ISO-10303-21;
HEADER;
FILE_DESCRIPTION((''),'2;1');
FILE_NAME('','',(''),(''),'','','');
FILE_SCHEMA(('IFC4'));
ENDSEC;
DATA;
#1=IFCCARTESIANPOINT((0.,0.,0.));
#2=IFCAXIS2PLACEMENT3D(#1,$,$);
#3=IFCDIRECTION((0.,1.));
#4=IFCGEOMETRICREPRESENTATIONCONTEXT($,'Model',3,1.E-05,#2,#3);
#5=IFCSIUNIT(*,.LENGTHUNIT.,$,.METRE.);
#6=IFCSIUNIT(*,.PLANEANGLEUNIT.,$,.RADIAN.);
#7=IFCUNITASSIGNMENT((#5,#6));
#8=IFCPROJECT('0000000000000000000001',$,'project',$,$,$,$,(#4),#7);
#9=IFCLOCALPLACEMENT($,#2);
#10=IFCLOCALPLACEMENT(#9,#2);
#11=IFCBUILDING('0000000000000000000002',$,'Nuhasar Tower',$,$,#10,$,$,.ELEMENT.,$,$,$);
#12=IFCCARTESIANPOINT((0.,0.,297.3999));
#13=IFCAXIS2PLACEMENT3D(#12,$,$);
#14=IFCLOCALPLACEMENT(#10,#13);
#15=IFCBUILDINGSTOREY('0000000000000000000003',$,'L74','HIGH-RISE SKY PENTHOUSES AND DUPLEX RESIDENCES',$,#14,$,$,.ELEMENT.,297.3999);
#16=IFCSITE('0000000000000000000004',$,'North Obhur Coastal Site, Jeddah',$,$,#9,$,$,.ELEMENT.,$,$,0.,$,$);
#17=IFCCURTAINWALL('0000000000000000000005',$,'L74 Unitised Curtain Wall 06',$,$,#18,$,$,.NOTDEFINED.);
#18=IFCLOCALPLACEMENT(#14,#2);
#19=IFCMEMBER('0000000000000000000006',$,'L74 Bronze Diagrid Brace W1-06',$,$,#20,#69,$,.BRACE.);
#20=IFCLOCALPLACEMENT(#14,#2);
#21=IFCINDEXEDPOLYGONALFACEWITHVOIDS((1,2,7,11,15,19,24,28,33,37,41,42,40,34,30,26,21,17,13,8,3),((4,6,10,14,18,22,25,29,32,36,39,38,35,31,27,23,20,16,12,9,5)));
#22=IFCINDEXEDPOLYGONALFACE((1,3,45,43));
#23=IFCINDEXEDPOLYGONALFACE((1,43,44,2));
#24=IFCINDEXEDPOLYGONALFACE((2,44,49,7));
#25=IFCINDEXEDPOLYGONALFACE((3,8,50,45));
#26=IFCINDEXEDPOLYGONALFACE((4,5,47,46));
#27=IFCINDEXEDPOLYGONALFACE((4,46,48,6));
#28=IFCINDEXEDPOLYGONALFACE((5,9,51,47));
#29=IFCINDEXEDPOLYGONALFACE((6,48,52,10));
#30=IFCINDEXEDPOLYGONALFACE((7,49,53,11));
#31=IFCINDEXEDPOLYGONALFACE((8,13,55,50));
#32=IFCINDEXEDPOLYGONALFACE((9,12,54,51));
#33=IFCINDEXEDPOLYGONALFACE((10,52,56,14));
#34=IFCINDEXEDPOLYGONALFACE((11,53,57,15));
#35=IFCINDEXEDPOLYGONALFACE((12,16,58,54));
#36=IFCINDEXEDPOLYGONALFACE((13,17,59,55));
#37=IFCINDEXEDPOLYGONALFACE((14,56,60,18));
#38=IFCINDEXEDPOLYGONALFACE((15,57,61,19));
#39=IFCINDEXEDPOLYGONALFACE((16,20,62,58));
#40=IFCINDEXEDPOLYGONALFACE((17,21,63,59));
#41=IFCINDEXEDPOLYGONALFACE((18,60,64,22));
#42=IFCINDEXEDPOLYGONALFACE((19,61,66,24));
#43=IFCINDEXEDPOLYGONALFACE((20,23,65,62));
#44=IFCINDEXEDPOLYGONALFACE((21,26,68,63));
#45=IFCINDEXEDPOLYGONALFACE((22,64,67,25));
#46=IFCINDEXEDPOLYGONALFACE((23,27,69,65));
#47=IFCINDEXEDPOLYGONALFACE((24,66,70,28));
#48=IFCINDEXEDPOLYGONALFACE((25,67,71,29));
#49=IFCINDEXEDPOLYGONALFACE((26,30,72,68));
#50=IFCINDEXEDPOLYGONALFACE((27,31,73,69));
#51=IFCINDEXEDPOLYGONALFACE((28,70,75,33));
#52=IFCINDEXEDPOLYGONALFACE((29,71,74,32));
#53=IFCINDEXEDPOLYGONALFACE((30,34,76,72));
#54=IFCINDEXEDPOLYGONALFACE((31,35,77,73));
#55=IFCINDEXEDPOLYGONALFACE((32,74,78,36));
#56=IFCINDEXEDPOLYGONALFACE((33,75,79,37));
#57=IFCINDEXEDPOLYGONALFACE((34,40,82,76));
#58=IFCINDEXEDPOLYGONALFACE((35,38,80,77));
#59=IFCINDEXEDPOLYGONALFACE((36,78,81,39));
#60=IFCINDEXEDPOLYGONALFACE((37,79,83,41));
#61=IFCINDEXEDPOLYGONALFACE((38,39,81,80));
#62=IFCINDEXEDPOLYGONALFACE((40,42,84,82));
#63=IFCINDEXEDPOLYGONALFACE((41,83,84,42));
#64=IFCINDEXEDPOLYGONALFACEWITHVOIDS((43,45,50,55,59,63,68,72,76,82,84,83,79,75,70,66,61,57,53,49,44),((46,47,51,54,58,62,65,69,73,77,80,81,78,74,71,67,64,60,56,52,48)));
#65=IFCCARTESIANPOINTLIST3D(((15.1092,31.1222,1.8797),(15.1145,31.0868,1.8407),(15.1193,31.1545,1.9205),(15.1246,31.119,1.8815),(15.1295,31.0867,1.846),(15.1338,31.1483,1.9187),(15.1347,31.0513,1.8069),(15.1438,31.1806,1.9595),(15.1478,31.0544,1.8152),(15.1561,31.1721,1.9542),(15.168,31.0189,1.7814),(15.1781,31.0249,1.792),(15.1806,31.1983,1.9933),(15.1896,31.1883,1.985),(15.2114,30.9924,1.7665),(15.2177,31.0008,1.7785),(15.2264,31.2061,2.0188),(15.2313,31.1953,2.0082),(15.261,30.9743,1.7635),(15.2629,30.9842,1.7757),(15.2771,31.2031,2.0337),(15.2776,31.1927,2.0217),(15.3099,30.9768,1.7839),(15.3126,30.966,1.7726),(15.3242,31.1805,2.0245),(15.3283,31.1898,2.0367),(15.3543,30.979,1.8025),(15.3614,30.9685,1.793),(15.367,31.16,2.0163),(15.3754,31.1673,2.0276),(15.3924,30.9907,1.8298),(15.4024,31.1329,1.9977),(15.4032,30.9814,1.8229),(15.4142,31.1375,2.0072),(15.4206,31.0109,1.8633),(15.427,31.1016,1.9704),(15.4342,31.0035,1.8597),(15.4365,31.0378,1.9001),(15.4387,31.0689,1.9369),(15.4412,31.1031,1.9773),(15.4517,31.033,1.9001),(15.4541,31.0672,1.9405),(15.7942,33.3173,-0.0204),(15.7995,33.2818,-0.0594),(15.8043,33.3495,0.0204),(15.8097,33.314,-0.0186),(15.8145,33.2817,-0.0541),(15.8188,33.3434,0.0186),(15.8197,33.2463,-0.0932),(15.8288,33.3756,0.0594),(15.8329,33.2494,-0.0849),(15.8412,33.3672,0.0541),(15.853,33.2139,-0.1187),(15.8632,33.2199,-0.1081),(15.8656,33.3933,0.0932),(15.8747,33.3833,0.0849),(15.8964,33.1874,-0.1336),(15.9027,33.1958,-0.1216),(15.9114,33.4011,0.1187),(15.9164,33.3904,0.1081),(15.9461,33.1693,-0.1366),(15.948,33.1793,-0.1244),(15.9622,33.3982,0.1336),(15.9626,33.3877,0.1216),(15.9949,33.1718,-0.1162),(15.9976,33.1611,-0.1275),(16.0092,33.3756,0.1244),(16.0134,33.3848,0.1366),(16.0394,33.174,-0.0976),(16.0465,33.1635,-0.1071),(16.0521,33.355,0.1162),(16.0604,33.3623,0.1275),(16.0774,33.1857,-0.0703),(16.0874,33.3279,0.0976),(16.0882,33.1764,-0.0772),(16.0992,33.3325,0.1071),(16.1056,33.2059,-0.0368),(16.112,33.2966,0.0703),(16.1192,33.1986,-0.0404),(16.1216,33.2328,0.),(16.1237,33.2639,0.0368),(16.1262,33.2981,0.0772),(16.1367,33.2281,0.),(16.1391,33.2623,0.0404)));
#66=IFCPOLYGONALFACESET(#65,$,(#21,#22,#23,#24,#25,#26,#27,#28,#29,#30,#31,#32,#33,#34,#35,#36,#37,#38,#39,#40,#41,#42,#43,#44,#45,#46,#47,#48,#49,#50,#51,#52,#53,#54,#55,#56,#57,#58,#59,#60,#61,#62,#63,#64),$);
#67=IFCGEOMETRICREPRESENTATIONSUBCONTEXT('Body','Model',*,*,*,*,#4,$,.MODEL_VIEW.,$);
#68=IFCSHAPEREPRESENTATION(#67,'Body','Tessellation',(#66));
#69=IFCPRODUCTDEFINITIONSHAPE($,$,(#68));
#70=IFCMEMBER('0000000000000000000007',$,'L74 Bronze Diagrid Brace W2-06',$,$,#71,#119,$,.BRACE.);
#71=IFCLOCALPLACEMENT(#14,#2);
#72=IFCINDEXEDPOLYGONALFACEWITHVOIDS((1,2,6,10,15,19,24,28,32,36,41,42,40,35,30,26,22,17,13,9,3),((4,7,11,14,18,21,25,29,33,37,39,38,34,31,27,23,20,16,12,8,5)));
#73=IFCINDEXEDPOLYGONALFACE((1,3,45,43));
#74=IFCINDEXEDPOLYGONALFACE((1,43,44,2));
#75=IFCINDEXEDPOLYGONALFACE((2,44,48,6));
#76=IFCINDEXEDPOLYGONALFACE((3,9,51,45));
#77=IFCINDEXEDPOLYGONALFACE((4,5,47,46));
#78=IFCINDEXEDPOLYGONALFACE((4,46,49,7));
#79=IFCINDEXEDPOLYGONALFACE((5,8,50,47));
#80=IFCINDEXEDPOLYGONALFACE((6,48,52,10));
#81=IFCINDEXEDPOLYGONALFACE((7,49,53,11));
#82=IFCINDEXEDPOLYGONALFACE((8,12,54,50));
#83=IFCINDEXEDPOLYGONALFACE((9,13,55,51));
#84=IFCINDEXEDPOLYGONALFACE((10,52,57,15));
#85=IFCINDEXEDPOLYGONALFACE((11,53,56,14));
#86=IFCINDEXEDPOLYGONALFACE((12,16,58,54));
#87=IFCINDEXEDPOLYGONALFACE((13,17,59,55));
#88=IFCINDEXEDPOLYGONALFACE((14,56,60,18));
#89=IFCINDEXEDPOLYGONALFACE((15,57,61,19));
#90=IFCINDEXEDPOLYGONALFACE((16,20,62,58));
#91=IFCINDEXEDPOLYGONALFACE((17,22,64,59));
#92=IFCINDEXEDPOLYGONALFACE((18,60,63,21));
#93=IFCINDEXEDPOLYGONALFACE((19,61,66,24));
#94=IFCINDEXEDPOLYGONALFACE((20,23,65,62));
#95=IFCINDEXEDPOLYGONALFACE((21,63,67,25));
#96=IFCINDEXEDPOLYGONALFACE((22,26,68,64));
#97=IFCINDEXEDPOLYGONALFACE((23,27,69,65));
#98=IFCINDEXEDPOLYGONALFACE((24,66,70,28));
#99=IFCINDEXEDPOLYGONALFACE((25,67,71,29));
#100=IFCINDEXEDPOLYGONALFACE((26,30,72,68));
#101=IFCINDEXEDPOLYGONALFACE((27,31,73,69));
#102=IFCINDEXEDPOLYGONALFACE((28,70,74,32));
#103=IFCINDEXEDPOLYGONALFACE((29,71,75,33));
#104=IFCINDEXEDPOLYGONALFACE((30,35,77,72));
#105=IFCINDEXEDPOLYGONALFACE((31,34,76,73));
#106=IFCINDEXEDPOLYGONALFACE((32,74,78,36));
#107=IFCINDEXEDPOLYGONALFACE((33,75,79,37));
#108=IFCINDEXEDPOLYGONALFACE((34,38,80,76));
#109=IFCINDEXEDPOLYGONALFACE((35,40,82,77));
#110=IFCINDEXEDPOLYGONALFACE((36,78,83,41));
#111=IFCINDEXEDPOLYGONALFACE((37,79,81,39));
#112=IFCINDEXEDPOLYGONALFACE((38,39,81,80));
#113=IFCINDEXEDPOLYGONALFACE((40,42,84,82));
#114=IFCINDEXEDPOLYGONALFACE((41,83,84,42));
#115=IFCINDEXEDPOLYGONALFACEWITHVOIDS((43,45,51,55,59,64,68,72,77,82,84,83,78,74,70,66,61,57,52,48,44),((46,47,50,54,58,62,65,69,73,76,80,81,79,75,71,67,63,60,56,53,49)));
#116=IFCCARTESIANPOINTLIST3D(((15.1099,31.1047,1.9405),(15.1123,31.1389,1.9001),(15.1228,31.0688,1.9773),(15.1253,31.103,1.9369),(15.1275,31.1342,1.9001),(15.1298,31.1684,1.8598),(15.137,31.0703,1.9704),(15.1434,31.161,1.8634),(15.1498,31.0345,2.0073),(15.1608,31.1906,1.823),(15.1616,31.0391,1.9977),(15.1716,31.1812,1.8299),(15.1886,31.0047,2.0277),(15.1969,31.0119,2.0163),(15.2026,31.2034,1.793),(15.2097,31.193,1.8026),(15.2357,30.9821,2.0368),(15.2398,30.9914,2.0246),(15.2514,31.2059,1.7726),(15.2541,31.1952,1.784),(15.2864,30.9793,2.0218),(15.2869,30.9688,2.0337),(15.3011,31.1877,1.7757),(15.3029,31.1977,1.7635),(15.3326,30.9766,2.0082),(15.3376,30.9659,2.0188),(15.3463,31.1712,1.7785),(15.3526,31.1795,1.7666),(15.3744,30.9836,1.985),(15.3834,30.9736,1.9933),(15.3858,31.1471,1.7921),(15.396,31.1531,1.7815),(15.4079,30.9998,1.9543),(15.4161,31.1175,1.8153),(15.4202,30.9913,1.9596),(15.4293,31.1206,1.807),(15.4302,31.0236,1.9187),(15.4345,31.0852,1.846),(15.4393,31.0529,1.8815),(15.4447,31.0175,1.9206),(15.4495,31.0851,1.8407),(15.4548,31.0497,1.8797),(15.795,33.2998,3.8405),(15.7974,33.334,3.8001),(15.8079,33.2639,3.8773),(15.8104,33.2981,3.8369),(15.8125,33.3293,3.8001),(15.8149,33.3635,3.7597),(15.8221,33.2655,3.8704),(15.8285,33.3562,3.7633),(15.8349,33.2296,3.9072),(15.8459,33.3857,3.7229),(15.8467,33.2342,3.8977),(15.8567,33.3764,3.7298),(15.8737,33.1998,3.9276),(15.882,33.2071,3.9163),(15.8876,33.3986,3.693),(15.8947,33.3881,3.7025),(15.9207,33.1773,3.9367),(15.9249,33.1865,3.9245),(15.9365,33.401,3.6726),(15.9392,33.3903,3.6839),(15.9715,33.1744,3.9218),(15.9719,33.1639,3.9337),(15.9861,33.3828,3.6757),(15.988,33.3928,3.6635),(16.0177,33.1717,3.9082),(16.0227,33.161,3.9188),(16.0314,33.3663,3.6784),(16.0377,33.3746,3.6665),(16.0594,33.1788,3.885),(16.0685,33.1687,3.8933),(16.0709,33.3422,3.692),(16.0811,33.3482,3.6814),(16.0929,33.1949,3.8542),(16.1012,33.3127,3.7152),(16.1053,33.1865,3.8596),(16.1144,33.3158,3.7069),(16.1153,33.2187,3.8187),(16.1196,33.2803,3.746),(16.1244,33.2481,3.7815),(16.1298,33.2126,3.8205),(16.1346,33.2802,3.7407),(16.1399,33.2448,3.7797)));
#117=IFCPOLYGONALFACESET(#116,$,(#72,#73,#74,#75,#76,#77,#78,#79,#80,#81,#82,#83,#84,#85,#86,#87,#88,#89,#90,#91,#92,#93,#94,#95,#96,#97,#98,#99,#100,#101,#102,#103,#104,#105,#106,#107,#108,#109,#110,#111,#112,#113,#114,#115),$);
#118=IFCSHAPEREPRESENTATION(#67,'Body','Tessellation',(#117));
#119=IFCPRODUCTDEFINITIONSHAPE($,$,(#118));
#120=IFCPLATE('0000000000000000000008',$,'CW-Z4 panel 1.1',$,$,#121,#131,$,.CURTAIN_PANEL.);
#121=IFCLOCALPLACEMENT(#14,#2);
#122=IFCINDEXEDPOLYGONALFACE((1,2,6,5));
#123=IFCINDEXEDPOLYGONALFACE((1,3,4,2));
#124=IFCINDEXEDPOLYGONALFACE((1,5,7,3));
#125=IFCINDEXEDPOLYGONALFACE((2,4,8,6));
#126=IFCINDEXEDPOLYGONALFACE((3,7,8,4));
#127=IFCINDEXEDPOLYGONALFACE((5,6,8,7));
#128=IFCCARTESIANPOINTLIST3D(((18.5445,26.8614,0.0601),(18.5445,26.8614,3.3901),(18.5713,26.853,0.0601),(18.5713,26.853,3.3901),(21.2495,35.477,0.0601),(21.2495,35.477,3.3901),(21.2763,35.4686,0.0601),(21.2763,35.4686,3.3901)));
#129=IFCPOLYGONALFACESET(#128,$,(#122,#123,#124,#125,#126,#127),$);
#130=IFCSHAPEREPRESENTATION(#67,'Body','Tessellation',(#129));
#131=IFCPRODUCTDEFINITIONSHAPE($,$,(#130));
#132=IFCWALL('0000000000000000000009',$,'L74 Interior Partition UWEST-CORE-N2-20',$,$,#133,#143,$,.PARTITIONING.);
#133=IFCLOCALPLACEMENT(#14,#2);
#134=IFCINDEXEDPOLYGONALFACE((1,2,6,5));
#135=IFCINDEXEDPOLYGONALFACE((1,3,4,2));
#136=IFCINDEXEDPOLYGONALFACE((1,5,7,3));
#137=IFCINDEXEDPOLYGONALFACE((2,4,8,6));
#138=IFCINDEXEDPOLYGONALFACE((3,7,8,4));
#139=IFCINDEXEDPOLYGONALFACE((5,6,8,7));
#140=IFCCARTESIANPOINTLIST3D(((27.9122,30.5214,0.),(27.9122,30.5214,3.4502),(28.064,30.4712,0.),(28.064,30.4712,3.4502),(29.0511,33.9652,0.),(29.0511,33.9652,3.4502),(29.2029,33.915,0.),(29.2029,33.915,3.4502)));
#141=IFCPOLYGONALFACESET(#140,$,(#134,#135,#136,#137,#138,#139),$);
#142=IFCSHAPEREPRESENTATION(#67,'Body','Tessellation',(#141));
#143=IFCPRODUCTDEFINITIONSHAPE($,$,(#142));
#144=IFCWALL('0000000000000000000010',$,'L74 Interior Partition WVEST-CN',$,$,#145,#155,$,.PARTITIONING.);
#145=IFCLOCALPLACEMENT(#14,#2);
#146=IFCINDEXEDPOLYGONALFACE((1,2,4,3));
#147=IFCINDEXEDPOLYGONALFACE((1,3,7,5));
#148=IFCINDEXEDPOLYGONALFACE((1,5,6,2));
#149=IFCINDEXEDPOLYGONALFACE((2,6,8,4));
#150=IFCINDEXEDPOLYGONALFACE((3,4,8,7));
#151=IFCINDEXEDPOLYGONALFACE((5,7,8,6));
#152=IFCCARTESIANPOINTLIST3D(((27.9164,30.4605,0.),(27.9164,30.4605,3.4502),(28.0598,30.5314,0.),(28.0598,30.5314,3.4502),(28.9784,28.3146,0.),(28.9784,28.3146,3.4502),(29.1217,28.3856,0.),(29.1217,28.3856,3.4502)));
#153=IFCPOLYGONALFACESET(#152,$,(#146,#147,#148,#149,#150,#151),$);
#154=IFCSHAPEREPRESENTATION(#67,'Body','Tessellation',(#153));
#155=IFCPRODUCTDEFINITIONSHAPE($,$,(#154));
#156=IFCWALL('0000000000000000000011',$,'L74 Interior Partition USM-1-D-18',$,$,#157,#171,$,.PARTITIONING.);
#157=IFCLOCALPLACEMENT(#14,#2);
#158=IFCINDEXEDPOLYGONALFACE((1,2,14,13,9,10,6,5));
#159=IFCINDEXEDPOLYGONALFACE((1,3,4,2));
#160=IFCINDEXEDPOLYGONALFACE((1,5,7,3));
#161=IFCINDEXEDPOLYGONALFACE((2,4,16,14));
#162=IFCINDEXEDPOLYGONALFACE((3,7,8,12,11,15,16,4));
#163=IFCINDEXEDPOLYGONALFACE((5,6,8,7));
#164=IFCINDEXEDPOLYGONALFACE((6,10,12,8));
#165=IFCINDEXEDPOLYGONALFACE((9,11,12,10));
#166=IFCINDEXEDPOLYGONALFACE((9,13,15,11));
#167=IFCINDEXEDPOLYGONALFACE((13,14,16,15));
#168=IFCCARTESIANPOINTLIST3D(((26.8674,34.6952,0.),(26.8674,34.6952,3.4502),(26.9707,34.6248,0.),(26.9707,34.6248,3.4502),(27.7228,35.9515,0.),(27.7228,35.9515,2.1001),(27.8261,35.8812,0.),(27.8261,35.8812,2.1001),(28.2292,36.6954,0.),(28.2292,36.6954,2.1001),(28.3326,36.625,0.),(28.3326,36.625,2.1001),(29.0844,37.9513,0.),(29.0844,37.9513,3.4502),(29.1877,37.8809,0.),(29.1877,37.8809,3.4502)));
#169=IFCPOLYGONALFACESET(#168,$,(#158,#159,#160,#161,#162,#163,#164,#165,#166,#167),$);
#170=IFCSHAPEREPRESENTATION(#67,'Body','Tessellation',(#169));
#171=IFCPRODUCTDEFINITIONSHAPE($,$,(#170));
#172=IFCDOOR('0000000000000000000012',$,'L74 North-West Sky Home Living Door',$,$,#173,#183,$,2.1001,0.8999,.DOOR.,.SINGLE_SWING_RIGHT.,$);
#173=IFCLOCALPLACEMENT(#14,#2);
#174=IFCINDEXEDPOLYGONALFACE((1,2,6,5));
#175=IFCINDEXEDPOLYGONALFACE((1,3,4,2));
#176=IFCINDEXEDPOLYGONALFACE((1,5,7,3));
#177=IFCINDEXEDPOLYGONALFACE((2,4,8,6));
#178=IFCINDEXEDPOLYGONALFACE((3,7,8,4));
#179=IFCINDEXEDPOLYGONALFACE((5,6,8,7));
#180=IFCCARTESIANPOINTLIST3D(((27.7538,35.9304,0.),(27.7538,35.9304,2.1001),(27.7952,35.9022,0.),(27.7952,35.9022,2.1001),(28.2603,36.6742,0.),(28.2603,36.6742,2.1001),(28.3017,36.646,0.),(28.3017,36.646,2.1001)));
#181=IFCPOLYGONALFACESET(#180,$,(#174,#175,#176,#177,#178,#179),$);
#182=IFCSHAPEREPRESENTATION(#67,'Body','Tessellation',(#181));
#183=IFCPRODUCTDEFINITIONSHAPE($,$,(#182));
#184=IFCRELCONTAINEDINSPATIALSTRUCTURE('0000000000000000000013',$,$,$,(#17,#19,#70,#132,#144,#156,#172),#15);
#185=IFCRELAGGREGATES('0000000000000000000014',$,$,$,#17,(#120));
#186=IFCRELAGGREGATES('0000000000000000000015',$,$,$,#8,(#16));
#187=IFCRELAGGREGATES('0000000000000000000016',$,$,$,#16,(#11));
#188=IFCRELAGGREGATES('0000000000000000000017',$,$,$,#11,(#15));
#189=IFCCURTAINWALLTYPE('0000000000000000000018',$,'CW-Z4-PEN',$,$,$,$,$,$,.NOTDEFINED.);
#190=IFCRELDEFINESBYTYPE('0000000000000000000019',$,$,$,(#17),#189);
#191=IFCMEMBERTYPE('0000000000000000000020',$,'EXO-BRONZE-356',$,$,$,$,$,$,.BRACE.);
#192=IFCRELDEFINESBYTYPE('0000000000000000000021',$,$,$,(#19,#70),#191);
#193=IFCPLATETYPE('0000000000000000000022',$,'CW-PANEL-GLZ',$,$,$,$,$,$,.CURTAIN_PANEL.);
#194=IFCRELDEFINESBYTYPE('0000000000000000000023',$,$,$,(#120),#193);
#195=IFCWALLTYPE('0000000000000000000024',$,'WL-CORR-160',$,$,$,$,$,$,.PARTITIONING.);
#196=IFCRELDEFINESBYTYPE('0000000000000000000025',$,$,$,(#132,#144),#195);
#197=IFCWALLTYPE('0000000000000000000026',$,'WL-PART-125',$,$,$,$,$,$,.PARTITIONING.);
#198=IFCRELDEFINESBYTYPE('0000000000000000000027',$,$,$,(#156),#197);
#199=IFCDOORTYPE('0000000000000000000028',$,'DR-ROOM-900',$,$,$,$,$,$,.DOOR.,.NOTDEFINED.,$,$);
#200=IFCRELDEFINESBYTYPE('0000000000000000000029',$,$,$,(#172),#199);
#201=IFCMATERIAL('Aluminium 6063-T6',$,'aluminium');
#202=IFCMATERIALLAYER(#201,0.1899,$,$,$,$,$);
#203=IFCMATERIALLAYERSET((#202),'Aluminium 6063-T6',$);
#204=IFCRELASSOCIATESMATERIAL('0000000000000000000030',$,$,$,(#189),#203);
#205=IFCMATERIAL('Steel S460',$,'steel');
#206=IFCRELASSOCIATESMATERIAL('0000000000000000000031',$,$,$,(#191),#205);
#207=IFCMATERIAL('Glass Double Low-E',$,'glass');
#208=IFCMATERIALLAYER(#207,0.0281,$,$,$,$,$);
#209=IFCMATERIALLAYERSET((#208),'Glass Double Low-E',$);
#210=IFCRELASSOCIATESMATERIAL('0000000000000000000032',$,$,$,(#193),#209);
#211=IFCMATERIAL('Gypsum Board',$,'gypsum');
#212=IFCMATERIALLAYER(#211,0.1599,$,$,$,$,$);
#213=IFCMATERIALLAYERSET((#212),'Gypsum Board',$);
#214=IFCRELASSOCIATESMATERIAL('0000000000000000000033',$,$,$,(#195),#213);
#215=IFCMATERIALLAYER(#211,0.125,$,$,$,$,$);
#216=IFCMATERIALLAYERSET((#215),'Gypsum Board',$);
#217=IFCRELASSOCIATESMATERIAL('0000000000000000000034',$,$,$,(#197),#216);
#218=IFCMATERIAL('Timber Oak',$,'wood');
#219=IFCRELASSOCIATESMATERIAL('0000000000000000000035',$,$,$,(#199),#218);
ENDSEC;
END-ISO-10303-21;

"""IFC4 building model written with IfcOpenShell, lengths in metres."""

from ifc_helpers import new_model, si_unit, direction, frame, frame_2d, origin, origin_2d, place, context, subcontext, project, spatial, rectangle, hollow_circle, extrude, material, layer, layer_set, material_profile, profile_set, type_object, element, fill, aggregate, save


model = new_model("IFC4")

# Units and contexts
model_context = context("Model", 3, precision=1e-05, world=origin(), true_north=direction((0.0, 1.0)))
body_context = subcontext(model_context, "Body", "Model", "MODEL_VIEW")
ifc_project = project(units=[si_unit("LENGTHUNIT", "METRE"), si_unit("PLANEANGLEUNIT", "RADIAN")], contexts=[model_context])

# Site, building, storey
site_placement = place(None, origin())
site = spatial("IfcSite", under=ifc_project, at=site_placement, Name="North Obhur Coastal Site, Jeddah", CompositionType="ELEMENT", RefElevation=0.0)
building_placement = place(site_placement, origin())
building = spatial("IfcBuilding", under=site, at=building_placement, Name="Nuhasar Tower", CompositionType="ELEMENT")
storey_placement = place(building_placement, frame((0.0, 0.0, 297.3999)))
storey = spatial("IfcBuildingStorey", under=building, at=storey_placement, Name="L74", Description="HIGH-RISE SKY PENTHOUSES AND DUPLEX RESIDENCES", CompositionType="ELEMENT", Elevation=297.3999)

# Curtain wall
ifc_material_1 = material(Name="Aluminium 6063-T6", Category="aluminium")
ifc_layer_1 = layer(ifc_material_1, 0.1899)
ifc_layer_set_1 = layer_set([ifc_layer_1], Name="Aluminium 6063-T6")
curtain_wall_type = type_object("IfcCurtainWallType", Name="CW-Z4-PEN", PredefinedType="NOTDEFINED", material=ifc_layer_set_1)
curtain_wall_placement = place(storey_placement, origin())
curtain_wall = element("IfcCurtainWall", 1, at=curtain_wall_placement, inside=storey, type_object=curtain_wall_type, Name="L74 Unitised Curtain Wall 06", PredefinedType="NOTDEFINED")

# Members
ifc_material_2 = material(Name="Steel S460", Category="steel")
ifc_material_profile_1 = material_profile(ifc_material_2, hollow_circle(Radius=0.1777, WallThickness=0.0159, at=origin_2d()), Name="HSS355.6X15.9")
ifc_profile_set_1 = profile_set([ifc_material_profile_1], Name="Steel S460")
member_type_1 = type_object("IfcMemberType", Name="EXO-BRONZE-356", PredefinedType="BRACE", material=ifc_profile_set_1)
for number, where, z_axis, x_axis, name in (
    (2, (15.967, 33.281, 0.0), (-0.229656, -0.735864, 0.636995), (0.954591, -0.297918, 0.0), "L74 Bronze Diagrid Brace W1-06"),
    (3, (15.282, 31.0859, 1.9001), (0.229668, 0.735902, 0.636947), (-0.954591, 0.297918, 0.0), "L74 Bronze Diagrid Brace W2-06"),
):
    element("IfcMember", number, at=place(storey_placement, frame(where, z_axis=z_axis, x_axis=x_axis)), inside=storey, type_object=member_type_1, Name=name, PredefinedType="BRACE", context=body_context, shape_type="SweptSolid", body=[
        extrude(hollow_circle(Radius=0.1777, WallThickness=0.0159, at=origin_2d()), origin(), (0.0, 0.0, 1.0), 2.9829),
    ])

# Plate
ifc_material_3 = material(Name="Glass Double Low-E", Category="glass")
ifc_layer_2 = layer(ifc_material_3, 0.0281)
ifc_layer_set_2 = layer_set([ifc_layer_2], Name="Glass Double Low-E")
plate_type = type_object("IfcPlateType", Name="CW-PANEL-GLZ", PredefinedType="CURTAIN_PANEL", material=ifc_layer_set_2)
plate_placement = place(storey_placement, frame((19.9104, 31.165, 0.0601), z_axis=(0.0, 0.0, 1.0), x_axis=(-0.299557, -0.954079, 0.0)))
plate = element("IfcPlate", 4, at=plate_placement, type_object=plate_type, Name="CW-Z4 panel 1.1", PredefinedType="CURTAIN_PANEL", context=body_context, shape_type="SweptSolid", body=[
    extrude(rectangle(XDim=9.0303, YDim=0.0281, at=origin_2d()), origin(), (0.0, 0.0, 1.0), 3.3301),
])
aggregate(curtain_wall, [plate])

# Wall
ifc_material_4 = material(Name="Gypsum Board", Category="gypsum")
ifc_layer_3 = layer(ifc_material_4, 0.1599)
ifc_layer_set_3 = layer_set([ifc_layer_3], Name="Gypsum Board")
wall_type_1 = type_object("IfcWallType", Name="WL-CORR-160", PredefinedType="PARTITIONING", material=ifc_layer_set_3)
wall_1_placement = place(storey_placement, frame((29.127, 33.9399, 0.0), z_axis=(0.0, 0.0, 1.0), x_axis=(-0.313986, -0.949428, 0.0)))
element("IfcWall", 5, at=wall_1_placement, inside=storey, type_object=wall_type_1, Name="L74 Interior Partition UWEST-CORE-N2-20", PredefinedType="PARTITIONING", context=body_context, shape_type="SweptSolid", body=[
    extrude(rectangle(XDim=3.6272, YDim=0.1599, at=frame_2d((1.8135, 0.0))), origin(), (0.0, 0.0, 1.0), 3.4502),
])

# Shared definitions
ifc_material_5 = material(Name="Timber Oak", Category="wood")

# Wall
wall_2_placement = place(storey_placement, frame((27.988, 30.4961, 0.0), z_axis=(0.0, 0.0, 1.0), x_axis=(0.443539, -0.896255, 0.0)))
element("IfcWall", 6, at=wall_2_placement, inside=storey, type_object=wall_type_1, Name="L74 Interior Partition WVEST-CN", PredefinedType="PARTITIONING", context=body_context, shape_type="SweptSolid", body=[
    extrude(rectangle(XDim=2.3943, YDim=0.1599, at=frame_2d((1.1973, 0.0))), origin(), (0.0, 0.0, 1.0), 3.4502),
])

# Wall, opening, door
ifc_layer_4 = layer(ifc_material_4, 0.125)
ifc_layer_set_4 = layer_set([ifc_layer_4], Name="Gypsum Board")
wall_type_2 = type_object("IfcWallType", Name="WL-PART-125", PredefinedType="PARTITIONING", material=ifc_layer_set_4)
wall_3_placement = place(storey_placement, frame((26.9189, 34.6599, 0.0), z_axis=(0.0, 0.0, 1.0), x_axis=(0.562812, 0.826585, 0.0)))
wall_3 = element("IfcWall", 7, at=wall_3_placement, inside=storey, type_object=wall_type_2, Name="L74 Interior Partition USM-1-D-18", PredefinedType="PARTITIONING", context=body_context, shape_type="SweptSolid", body=[
    extrude(rectangle(XDim=3.9392, YDim=0.125, at=frame_2d((1.9697, 0.0))), origin(), (0.0, 0.0, 1.0), 3.4502),
])
opening_1_placement = place(wall_3_placement, frame((1.52, 0.0, 0.0)))
opening_1 = element("IfcOpeningElement", 8, at=opening_1_placement, cuts=wall_3, PredefinedType="OPENING", context=body_context, shape_type="SweptSolid", body=[
    extrude(rectangle(XDim=0.8999, YDim=2.1001, at=frame_2d((0.45, 1.05))), frame((0.0, 0.0725, 0.0), z_axis=(0.0, -1.0, 0.0), x_axis=(1.0, 0.0, 0.0)), (0.0, 0.0, 1.0), 0.145),
])
door_type_1 = type_object("IfcDoorType", Name="DR-ROOM-900", OperationType="NOTDEFINED", PredefinedType="DOOR", material=ifc_material_5)
door_1_placement = place(opening_1_placement, origin())
door_1 = element("IfcDoor", 9, at=door_1_placement, inside=storey, type_object=door_type_1, Name="L74 North-West Sky Home Living Door", OperationType="SINGLE_SWING_RIGHT", OverallHeight=2.1001, OverallWidth=0.8999, PredefinedType="DOOR", context=body_context, shape_type="SweptSolid", body=[
    extrude(rectangle(XDim=0.8999, YDim=2.1001, at=frame_2d((0.45, 1.05))), frame((0.0, 0.0249, 0.0), z_axis=(0.0, -1.0, 0.0), x_axis=(1.0, 0.0, 0.0)), (0.0, 0.0, 1.0), 0.05),
])
fill(opening_1, door_1)

save(model, "model.ifc")
